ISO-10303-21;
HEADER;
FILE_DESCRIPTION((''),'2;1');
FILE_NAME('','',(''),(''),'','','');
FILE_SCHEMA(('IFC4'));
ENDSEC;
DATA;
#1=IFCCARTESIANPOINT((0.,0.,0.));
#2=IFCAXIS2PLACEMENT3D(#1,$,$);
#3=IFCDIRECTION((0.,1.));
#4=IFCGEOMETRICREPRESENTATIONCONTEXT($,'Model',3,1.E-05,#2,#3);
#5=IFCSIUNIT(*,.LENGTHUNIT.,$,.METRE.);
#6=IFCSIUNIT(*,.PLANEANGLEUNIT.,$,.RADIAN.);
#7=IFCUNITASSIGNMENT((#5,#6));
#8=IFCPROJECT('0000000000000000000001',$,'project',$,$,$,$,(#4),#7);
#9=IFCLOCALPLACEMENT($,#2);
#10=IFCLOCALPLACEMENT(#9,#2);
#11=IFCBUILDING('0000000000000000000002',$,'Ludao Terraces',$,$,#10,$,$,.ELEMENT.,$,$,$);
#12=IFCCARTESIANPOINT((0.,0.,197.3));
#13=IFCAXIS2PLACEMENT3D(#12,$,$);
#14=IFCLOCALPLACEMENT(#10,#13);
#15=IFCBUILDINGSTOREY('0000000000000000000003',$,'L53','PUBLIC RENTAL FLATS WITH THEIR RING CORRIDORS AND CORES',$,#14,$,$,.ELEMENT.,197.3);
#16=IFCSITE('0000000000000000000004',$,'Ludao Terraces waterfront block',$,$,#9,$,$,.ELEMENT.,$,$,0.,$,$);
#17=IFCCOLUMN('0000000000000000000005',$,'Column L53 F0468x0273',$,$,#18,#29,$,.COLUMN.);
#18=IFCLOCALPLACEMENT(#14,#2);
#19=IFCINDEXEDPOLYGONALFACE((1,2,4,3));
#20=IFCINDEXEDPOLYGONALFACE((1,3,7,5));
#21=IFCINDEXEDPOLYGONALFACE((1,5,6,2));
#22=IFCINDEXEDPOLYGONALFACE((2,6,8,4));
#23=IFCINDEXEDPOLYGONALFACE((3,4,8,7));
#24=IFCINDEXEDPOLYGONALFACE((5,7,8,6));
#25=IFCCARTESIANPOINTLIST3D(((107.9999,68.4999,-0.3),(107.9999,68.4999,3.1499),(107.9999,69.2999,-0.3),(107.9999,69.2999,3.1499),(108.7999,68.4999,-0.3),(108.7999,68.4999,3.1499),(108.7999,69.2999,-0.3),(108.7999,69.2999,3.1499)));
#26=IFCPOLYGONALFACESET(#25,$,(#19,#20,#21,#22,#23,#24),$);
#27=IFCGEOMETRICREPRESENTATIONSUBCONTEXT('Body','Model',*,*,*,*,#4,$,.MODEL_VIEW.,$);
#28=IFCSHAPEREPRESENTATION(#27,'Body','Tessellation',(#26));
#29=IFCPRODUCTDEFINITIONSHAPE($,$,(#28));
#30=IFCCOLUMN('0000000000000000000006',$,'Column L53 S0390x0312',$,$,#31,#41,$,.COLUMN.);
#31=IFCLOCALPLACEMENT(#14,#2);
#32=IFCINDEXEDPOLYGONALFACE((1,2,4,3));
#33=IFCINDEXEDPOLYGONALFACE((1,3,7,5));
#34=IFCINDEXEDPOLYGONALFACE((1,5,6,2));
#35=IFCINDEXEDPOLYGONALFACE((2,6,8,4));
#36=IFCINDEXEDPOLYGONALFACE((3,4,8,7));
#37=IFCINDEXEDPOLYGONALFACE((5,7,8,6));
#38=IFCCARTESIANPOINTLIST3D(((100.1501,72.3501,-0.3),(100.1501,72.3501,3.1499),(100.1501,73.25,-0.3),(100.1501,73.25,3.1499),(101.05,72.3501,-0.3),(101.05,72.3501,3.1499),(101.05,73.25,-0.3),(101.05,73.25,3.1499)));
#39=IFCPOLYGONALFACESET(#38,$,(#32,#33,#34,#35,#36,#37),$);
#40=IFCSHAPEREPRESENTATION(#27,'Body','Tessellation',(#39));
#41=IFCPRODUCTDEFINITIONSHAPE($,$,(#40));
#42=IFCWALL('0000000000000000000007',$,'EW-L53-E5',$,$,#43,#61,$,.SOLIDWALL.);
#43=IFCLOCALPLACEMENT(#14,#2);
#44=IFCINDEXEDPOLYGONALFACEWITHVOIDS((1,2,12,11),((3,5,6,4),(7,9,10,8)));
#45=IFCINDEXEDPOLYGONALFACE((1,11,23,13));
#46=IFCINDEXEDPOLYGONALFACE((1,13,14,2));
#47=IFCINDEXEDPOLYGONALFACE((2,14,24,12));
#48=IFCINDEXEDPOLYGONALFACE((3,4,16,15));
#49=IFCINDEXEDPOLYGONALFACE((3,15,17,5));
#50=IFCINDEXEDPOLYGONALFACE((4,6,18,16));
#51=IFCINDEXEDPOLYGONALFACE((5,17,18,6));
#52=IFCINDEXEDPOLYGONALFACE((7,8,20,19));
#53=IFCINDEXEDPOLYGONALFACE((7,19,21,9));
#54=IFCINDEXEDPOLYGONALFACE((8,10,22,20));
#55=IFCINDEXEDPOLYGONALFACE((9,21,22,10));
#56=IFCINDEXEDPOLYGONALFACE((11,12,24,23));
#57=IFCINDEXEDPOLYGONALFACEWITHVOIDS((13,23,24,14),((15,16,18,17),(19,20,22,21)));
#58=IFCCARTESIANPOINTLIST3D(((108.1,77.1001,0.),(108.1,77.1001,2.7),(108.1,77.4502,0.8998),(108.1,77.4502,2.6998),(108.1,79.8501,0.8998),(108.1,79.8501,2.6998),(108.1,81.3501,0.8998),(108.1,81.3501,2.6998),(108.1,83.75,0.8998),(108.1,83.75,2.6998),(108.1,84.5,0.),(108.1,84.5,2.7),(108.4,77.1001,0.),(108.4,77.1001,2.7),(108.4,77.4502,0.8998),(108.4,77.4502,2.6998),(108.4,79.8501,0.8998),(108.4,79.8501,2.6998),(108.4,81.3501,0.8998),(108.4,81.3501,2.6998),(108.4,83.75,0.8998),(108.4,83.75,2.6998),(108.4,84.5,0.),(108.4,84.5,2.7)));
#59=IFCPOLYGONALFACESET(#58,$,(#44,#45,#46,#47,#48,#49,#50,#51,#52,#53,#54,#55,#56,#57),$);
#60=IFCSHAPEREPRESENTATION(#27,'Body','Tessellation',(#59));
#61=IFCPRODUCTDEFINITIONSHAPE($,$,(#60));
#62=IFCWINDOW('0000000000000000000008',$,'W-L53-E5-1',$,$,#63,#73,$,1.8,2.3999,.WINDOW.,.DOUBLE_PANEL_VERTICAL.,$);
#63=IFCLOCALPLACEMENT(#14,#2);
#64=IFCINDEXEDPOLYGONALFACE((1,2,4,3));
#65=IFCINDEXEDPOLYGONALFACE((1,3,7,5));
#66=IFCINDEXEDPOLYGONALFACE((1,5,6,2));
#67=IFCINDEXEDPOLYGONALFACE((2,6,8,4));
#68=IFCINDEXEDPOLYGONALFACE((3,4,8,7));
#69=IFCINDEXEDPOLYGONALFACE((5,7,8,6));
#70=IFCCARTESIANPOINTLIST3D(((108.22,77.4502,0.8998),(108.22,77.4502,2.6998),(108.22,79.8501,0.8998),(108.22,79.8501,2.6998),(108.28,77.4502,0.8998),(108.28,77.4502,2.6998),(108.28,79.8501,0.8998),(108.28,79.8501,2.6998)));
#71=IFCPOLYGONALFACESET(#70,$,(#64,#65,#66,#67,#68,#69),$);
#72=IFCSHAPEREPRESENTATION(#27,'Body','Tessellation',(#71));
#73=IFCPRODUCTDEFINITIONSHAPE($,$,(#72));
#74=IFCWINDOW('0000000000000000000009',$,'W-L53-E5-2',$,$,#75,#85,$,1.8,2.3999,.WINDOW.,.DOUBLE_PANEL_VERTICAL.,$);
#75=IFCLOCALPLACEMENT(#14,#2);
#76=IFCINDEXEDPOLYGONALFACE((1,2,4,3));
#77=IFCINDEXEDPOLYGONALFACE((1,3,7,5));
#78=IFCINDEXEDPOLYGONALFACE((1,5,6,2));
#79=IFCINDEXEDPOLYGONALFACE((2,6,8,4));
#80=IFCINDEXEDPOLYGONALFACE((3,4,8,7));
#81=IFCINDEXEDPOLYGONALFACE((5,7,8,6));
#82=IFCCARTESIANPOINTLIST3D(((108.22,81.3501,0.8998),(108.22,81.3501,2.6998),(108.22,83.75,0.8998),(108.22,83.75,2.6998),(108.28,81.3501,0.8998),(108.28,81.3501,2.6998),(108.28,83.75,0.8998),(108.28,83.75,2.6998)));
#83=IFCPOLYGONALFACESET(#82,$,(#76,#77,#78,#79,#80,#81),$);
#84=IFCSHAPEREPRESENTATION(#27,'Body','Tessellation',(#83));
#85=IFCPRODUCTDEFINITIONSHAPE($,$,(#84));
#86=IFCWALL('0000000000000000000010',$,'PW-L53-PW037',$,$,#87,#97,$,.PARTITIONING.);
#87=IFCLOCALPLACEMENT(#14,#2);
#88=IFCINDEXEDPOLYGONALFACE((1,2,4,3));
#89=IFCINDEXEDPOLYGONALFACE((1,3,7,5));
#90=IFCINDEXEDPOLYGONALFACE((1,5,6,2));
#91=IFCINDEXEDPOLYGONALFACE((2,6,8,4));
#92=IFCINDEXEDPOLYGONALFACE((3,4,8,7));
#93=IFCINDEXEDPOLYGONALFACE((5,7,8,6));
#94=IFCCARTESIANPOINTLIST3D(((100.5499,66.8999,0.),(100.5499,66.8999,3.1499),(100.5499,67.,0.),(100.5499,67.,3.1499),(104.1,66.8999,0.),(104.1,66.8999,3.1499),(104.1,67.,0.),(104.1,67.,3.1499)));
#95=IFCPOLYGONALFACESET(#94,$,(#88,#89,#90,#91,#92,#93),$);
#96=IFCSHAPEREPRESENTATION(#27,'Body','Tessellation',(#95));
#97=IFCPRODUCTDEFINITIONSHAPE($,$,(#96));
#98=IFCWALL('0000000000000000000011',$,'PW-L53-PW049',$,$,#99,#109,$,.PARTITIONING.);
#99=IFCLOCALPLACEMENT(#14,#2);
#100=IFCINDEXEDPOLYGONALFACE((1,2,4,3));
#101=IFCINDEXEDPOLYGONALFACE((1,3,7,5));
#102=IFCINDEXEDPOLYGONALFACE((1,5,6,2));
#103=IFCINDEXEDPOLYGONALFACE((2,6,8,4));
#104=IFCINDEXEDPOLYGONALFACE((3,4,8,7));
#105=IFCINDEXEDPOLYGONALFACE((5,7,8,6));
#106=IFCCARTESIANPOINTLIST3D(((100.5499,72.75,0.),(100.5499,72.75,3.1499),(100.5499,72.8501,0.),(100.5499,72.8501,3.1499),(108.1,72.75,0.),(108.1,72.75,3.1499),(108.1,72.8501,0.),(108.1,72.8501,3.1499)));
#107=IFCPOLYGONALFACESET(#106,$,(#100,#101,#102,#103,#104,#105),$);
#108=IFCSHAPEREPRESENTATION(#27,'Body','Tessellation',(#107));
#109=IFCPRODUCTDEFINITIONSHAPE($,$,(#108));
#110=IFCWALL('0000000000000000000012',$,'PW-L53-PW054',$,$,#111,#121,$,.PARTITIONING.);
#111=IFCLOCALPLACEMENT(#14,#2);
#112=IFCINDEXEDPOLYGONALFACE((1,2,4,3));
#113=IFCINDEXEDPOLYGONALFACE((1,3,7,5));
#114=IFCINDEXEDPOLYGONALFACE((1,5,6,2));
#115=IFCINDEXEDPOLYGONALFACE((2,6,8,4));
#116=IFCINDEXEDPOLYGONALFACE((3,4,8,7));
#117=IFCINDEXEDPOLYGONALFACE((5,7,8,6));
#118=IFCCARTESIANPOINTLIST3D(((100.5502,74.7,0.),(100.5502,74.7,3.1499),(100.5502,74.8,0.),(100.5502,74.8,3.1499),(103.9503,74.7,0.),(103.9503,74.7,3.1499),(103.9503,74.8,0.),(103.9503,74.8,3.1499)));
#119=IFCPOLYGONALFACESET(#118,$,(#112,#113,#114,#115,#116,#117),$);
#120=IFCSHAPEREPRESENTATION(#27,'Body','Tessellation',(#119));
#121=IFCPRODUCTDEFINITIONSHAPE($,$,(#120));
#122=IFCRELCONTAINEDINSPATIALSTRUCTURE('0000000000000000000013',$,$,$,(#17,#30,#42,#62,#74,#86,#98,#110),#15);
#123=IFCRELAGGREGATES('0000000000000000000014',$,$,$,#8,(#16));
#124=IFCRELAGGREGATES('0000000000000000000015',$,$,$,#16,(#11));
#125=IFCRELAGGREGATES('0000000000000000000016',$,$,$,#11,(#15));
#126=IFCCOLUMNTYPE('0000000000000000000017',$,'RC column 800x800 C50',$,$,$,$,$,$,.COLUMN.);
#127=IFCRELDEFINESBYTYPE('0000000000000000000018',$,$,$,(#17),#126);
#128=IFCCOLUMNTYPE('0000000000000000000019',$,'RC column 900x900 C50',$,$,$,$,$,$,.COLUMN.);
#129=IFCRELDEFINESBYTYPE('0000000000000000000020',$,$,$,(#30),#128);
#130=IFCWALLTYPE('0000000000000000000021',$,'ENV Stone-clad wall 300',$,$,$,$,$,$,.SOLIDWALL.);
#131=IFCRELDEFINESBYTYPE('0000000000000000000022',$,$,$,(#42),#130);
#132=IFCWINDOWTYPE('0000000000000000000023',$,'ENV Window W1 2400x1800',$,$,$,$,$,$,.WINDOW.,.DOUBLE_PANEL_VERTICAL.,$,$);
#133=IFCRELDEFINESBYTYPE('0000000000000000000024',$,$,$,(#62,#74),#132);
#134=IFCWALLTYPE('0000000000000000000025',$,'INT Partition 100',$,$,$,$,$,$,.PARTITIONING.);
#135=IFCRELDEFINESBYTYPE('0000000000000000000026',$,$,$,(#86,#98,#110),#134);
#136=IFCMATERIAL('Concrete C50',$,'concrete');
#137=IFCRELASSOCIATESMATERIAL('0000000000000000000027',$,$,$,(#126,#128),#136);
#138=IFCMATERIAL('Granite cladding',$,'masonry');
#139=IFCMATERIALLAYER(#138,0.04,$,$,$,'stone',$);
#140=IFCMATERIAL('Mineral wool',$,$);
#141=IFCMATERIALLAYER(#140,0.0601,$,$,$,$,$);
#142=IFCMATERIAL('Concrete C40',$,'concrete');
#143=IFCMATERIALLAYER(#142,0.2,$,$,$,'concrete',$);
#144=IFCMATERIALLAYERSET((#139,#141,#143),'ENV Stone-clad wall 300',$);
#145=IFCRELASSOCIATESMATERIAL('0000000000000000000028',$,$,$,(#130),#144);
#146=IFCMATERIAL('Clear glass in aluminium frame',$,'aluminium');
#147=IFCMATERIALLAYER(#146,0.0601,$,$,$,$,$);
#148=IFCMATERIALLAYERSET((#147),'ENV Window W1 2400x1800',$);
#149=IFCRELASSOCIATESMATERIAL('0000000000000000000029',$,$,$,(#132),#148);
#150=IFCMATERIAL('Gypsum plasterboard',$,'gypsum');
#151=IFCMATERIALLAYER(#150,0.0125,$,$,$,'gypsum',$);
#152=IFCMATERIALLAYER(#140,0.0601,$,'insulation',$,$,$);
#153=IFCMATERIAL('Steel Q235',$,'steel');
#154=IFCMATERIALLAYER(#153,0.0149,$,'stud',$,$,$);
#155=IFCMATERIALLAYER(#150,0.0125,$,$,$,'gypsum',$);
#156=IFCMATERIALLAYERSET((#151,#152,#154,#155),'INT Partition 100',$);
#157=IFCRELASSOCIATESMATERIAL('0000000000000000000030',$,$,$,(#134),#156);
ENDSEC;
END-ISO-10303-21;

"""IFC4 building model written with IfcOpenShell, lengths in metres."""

from ifc_helpers import new_model, si_unit, direction, frame, frame_2d, origin, origin_2d, place, context, subcontext, project, spatial, rectangle, extrude, material, layer, layer_set, material_profile, profile_set, type_object, element, fill, save


model = new_model("IFC4")

# Units and contexts
model_context = context("Model", 3, precision=1e-05, world=origin(), true_north=direction((0.0, 1.0)))
body_context = subcontext(model_context, "Body", "Model", "MODEL_VIEW")
ifc_project = project(units=[si_unit("LENGTHUNIT", "METRE"), si_unit("PLANEANGLEUNIT", "RADIAN")], contexts=[model_context])

# Site, building, storey
site_placement = place(None, origin())
site = spatial("IfcSite", under=ifc_project, at=site_placement, Name="Ludao Terraces waterfront block", CompositionType="ELEMENT", RefElevation=0.0)
building_placement = place(site_placement, origin())
building = spatial("IfcBuilding", under=site, at=building_placement, Name="Ludao Terraces", CompositionType="ELEMENT")
storey_placement = place(building_placement, frame((0.0, 0.0, 197.3)))
storey = spatial("IfcBuildingStorey", under=building, at=storey_placement, Name="L53", Description="PUBLIC RENTAL FLATS WITH THEIR RING CORRIDORS AND CORES", CompositionType="ELEMENT", Elevation=197.3)

# Columns
ifc_material_1 = material(Name="Concrete C50", Category="concrete")
ifc_material_profile_1 = material_profile(ifc_material_1, rectangle(XDim=0.8, YDim=0.8, at=origin_2d()), Name="800 X 800")
ifc_profile_set_1 = profile_set([ifc_material_profile_1], Name="Concrete C50")
column_type_1 = type_object("IfcColumnType", Name="RC column 800x800 C50", PredefinedType="COLUMN", material=ifc_profile_set_1)
column_1_placement = place(storey_placement, frame((108.3999, 68.8999, -0.3), z_axis=(0.0, 0.0, 1.0), x_axis=(1.0, 0.0, 0.0)))
element("IfcColumn", 1, at=column_1_placement, inside=storey, type_object=column_type_1, Name="Column L53 F0468x0273", PredefinedType="COLUMN", context=body_context, shape_type="SweptSolid", body=[
    extrude(rectangle(XDim=0.8, YDim=0.8, at=origin_2d()), origin(), (0.0, 0.0, 1.0), 3.45),
])
ifc_material_profile_2 = material_profile(ifc_material_1, rectangle(XDim=0.8999, YDim=0.8999, at=origin_2d()), Name="900 X 900")
ifc_profile_set_2 = profile_set([ifc_material_profile_2], Name="Concrete C50")
column_type_2 = type_object("IfcColumnType", Name="RC column 900x900 C50", PredefinedType="COLUMN", material=ifc_profile_set_2)
column_2_placement = place(storey_placement, frame((100.6001, 72.8, -0.3), z_axis=(0.0, 0.0, 1.0), x_axis=(1.0, 0.0, 0.0)))
element("IfcColumn", 2, at=column_2_placement, inside=storey, type_object=column_type_2, Name="Column L53 S0390x0312", PredefinedType="COLUMN", context=body_context, shape_type="SweptSolid", body=[
    extrude(rectangle(XDim=0.8999, YDim=0.8999, at=origin_2d()), origin(), (0.0, 0.0, 1.0), 3.45),
])

# Shared definitions
ifc_material_2 = material(Name="Granite cladding", Category="masonry")
ifc_layer_1 = layer(ifc_material_2, 0.04, Category="stone")
ifc_material_3 = material(Name="Mineral wool")
ifc_layer_2 = layer(ifc_material_3, 0.0601)
ifc_material_4 = material(Name="Concrete C40", Category="concrete")
ifc_layer_3 = layer(ifc_material_4, 0.2, Category="concrete")
ifc_layer_set_1 = layer_set([ifc_layer_1, ifc_layer_2, ifc_layer_3], Name="ENV Stone-clad wall 300")
wall_type_1 = type_object("IfcWallType", Name="ENV Stone-clad wall 300", PredefinedType="SOLIDWALL", material=ifc_layer_set_1)
ifc_material_5 = material(Name="Clear glass in aluminium frame", Category="aluminium")
ifc_layer_4 = layer(ifc_material_5, 0.0601)
ifc_layer_set_2 = layer_set([ifc_layer_4], Name="ENV Window W1 2400x1800")
window_type = type_object("IfcWindowType", Name="ENV Window W1 2400x1800", PartitioningType="DOUBLE_PANEL_VERTICAL", PredefinedType="WINDOW", material=ifc_layer_set_2)

# Wall, openings, windows
wall_1_placement = place(storey_placement, frame((108.25, 77.1001, 0.0), z_axis=(0.0, 0.0, 1.0), x_axis=(0.0, 1.0, 0.0)))
wall_1 = element("IfcWall", 3, at=wall_1_placement, inside=storey, type_object=wall_type_1, Name="EW-L53-E5", PredefinedType="SOLIDWALL", context=body_context, shape_type="SweptSolid", body=[
    extrude(rectangle(XDim=7.3999, YDim=0.3, at=frame_2d((3.7, 0.0))), origin(), (0.0, 0.0, 1.0), 2.7),
])
opening_1_placement = place(wall_1_placement, frame((0.3501, 0.0, 0.8999)))
opening_1 = element("IfcOpeningElement", 4, at=opening_1_placement, cuts=wall_1, PredefinedType="OPENING", context=body_context, shape_type="SweptSolid", body=[
    extrude(rectangle(XDim=2.3999, YDim=1.8, at=frame_2d((1.2, 0.8999))), frame((0.0, 0.1602, 0.0), z_axis=(0.0, -1.0, 0.0), x_axis=(1.0, 0.0, 0.0)), (0.0, 0.0, 1.0), 0.3201),
])
opening_2_placement = place(wall_1_placement, frame((4.25, 0.0, 0.8999)))
opening_2 = element("IfcOpeningElement", 5, at=opening_2_placement, cuts=wall_1, PredefinedType="OPENING", context=body_context, shape_type="SweptSolid", body=[
    extrude(rectangle(XDim=2.3999, YDim=1.8, at=frame_2d((1.2, 0.8999))), frame((0.0, 0.1602, 0.0), z_axis=(0.0, -1.0, 0.0), x_axis=(1.0, 0.0, 0.0)), (0.0, 0.0, 1.0), 0.3201),
])
window_1_placement = place(opening_1_placement, origin())
window_1 = element("IfcWindow", 6, at=window_1_placement, inside=storey, type_object=window_type, Name="W-L53-E5-1", OverallHeight=1.8, OverallWidth=2.3999, PartitioningType="DOUBLE_PANEL_VERTICAL", PredefinedType="WINDOW", context=body_context, shape_type="SweptSolid", body=[
    extrude(rectangle(XDim=2.3999, YDim=1.8, at=frame_2d((1.2, 0.8999))), frame((0.0, 0.03, 0.0), z_axis=(0.0, -1.0, 0.0), x_axis=(1.0, 0.0, 0.0)), (0.0, 0.0, 1.0), 0.0601),
])
fill(opening_1, window_1)
window_2_placement = place(opening_2_placement, origin())
window_2 = element("IfcWindow", 7, at=window_2_placement, inside=storey, type_object=window_type, Name="W-L53-E5-2", OverallHeight=1.8, OverallWidth=2.3999, PartitioningType="DOUBLE_PANEL_VERTICAL", PredefinedType="WINDOW", context=body_context, shape_type="SweptSolid", body=[
    extrude(rectangle(XDim=2.3999, YDim=1.8, at=frame_2d((1.2, 0.8999))), frame((0.0, 0.03, 0.0), z_axis=(0.0, -1.0, 0.0), x_axis=(1.0, 0.0, 0.0)), (0.0, 0.0, 1.0), 0.0601),
])
fill(opening_2, window_2)

# Walls
ifc_material_6 = material(Name="Gypsum plasterboard", Category="gypsum")
ifc_layer_5 = layer(ifc_material_6, 0.0125, Category="gypsum")
ifc_layer_6 = layer(ifc_material_3, 0.0601, Name="insulation")
ifc_material_7 = material(Name="Steel Q235", Category="steel")
ifc_layer_7 = layer(ifc_material_7, 0.0149, Name="stud")
ifc_layer_8 = layer(ifc_material_6, 0.0125, Category="gypsum")
ifc_layer_set_3 = layer_set([ifc_layer_5, ifc_layer_6, ifc_layer_7, ifc_layer_8], Name="INT Partition 100")
wall_type_2 = type_object("IfcWallType", Name="INT Partition 100", PredefinedType="PARTITIONING", material=ifc_layer_set_3)
wall_2_placement = place(storey_placement, frame((100.55, 66.95, 0.0), z_axis=(0.0, 0.0, 1.0), x_axis=(1.0, 0.0, 0.0)))
element("IfcWall", 8, at=wall_2_placement, inside=storey, type_object=wall_type_2, Name="PW-L53-PW037", PredefinedType="PARTITIONING", context=body_context, shape_type="SweptSolid", body=[
    extrude(rectangle(XDim=3.55, YDim=0.1001, at=frame_2d((1.7749, 0.0))), origin(), (0.0, 0.0, 1.0), 3.1499),
])
wall_3_placement = place(storey_placement, frame((100.55, 72.8, 0.0), z_axis=(0.0, 0.0, 1.0), x_axis=(1.0, 0.0, 0.0)))
element("IfcWall", 9, at=wall_3_placement, inside=storey, type_object=wall_type_2, Name="PW-L53-PW049", PredefinedType="PARTITIONING", context=body_context, shape_type="SweptSolid", body=[
    extrude(rectangle(XDim=7.55, YDim=0.1001, at=frame_2d((3.7749, 0.0))), origin(), (0.0, 0.0, 1.0), 3.1499),
])
wall_4_placement = place(storey_placement, frame((100.55, 74.75, 0.0), z_axis=(0.0, 0.0, 1.0), x_axis=(1.0, 0.0, 0.0)))
element("IfcWall", 10, at=wall_4_placement, inside=storey, type_object=wall_type_2, Name="PW-L53-PW054", PredefinedType="PARTITIONING", context=body_context, shape_type="SweptSolid", body=[
    extrude(rectangle(XDim=3.4001, YDim=0.1001, at=frame_2d((1.7002, 0.0))), origin(), (0.0, 0.0, 1.0), 3.1499),
])

save(model, "model.ifc")
